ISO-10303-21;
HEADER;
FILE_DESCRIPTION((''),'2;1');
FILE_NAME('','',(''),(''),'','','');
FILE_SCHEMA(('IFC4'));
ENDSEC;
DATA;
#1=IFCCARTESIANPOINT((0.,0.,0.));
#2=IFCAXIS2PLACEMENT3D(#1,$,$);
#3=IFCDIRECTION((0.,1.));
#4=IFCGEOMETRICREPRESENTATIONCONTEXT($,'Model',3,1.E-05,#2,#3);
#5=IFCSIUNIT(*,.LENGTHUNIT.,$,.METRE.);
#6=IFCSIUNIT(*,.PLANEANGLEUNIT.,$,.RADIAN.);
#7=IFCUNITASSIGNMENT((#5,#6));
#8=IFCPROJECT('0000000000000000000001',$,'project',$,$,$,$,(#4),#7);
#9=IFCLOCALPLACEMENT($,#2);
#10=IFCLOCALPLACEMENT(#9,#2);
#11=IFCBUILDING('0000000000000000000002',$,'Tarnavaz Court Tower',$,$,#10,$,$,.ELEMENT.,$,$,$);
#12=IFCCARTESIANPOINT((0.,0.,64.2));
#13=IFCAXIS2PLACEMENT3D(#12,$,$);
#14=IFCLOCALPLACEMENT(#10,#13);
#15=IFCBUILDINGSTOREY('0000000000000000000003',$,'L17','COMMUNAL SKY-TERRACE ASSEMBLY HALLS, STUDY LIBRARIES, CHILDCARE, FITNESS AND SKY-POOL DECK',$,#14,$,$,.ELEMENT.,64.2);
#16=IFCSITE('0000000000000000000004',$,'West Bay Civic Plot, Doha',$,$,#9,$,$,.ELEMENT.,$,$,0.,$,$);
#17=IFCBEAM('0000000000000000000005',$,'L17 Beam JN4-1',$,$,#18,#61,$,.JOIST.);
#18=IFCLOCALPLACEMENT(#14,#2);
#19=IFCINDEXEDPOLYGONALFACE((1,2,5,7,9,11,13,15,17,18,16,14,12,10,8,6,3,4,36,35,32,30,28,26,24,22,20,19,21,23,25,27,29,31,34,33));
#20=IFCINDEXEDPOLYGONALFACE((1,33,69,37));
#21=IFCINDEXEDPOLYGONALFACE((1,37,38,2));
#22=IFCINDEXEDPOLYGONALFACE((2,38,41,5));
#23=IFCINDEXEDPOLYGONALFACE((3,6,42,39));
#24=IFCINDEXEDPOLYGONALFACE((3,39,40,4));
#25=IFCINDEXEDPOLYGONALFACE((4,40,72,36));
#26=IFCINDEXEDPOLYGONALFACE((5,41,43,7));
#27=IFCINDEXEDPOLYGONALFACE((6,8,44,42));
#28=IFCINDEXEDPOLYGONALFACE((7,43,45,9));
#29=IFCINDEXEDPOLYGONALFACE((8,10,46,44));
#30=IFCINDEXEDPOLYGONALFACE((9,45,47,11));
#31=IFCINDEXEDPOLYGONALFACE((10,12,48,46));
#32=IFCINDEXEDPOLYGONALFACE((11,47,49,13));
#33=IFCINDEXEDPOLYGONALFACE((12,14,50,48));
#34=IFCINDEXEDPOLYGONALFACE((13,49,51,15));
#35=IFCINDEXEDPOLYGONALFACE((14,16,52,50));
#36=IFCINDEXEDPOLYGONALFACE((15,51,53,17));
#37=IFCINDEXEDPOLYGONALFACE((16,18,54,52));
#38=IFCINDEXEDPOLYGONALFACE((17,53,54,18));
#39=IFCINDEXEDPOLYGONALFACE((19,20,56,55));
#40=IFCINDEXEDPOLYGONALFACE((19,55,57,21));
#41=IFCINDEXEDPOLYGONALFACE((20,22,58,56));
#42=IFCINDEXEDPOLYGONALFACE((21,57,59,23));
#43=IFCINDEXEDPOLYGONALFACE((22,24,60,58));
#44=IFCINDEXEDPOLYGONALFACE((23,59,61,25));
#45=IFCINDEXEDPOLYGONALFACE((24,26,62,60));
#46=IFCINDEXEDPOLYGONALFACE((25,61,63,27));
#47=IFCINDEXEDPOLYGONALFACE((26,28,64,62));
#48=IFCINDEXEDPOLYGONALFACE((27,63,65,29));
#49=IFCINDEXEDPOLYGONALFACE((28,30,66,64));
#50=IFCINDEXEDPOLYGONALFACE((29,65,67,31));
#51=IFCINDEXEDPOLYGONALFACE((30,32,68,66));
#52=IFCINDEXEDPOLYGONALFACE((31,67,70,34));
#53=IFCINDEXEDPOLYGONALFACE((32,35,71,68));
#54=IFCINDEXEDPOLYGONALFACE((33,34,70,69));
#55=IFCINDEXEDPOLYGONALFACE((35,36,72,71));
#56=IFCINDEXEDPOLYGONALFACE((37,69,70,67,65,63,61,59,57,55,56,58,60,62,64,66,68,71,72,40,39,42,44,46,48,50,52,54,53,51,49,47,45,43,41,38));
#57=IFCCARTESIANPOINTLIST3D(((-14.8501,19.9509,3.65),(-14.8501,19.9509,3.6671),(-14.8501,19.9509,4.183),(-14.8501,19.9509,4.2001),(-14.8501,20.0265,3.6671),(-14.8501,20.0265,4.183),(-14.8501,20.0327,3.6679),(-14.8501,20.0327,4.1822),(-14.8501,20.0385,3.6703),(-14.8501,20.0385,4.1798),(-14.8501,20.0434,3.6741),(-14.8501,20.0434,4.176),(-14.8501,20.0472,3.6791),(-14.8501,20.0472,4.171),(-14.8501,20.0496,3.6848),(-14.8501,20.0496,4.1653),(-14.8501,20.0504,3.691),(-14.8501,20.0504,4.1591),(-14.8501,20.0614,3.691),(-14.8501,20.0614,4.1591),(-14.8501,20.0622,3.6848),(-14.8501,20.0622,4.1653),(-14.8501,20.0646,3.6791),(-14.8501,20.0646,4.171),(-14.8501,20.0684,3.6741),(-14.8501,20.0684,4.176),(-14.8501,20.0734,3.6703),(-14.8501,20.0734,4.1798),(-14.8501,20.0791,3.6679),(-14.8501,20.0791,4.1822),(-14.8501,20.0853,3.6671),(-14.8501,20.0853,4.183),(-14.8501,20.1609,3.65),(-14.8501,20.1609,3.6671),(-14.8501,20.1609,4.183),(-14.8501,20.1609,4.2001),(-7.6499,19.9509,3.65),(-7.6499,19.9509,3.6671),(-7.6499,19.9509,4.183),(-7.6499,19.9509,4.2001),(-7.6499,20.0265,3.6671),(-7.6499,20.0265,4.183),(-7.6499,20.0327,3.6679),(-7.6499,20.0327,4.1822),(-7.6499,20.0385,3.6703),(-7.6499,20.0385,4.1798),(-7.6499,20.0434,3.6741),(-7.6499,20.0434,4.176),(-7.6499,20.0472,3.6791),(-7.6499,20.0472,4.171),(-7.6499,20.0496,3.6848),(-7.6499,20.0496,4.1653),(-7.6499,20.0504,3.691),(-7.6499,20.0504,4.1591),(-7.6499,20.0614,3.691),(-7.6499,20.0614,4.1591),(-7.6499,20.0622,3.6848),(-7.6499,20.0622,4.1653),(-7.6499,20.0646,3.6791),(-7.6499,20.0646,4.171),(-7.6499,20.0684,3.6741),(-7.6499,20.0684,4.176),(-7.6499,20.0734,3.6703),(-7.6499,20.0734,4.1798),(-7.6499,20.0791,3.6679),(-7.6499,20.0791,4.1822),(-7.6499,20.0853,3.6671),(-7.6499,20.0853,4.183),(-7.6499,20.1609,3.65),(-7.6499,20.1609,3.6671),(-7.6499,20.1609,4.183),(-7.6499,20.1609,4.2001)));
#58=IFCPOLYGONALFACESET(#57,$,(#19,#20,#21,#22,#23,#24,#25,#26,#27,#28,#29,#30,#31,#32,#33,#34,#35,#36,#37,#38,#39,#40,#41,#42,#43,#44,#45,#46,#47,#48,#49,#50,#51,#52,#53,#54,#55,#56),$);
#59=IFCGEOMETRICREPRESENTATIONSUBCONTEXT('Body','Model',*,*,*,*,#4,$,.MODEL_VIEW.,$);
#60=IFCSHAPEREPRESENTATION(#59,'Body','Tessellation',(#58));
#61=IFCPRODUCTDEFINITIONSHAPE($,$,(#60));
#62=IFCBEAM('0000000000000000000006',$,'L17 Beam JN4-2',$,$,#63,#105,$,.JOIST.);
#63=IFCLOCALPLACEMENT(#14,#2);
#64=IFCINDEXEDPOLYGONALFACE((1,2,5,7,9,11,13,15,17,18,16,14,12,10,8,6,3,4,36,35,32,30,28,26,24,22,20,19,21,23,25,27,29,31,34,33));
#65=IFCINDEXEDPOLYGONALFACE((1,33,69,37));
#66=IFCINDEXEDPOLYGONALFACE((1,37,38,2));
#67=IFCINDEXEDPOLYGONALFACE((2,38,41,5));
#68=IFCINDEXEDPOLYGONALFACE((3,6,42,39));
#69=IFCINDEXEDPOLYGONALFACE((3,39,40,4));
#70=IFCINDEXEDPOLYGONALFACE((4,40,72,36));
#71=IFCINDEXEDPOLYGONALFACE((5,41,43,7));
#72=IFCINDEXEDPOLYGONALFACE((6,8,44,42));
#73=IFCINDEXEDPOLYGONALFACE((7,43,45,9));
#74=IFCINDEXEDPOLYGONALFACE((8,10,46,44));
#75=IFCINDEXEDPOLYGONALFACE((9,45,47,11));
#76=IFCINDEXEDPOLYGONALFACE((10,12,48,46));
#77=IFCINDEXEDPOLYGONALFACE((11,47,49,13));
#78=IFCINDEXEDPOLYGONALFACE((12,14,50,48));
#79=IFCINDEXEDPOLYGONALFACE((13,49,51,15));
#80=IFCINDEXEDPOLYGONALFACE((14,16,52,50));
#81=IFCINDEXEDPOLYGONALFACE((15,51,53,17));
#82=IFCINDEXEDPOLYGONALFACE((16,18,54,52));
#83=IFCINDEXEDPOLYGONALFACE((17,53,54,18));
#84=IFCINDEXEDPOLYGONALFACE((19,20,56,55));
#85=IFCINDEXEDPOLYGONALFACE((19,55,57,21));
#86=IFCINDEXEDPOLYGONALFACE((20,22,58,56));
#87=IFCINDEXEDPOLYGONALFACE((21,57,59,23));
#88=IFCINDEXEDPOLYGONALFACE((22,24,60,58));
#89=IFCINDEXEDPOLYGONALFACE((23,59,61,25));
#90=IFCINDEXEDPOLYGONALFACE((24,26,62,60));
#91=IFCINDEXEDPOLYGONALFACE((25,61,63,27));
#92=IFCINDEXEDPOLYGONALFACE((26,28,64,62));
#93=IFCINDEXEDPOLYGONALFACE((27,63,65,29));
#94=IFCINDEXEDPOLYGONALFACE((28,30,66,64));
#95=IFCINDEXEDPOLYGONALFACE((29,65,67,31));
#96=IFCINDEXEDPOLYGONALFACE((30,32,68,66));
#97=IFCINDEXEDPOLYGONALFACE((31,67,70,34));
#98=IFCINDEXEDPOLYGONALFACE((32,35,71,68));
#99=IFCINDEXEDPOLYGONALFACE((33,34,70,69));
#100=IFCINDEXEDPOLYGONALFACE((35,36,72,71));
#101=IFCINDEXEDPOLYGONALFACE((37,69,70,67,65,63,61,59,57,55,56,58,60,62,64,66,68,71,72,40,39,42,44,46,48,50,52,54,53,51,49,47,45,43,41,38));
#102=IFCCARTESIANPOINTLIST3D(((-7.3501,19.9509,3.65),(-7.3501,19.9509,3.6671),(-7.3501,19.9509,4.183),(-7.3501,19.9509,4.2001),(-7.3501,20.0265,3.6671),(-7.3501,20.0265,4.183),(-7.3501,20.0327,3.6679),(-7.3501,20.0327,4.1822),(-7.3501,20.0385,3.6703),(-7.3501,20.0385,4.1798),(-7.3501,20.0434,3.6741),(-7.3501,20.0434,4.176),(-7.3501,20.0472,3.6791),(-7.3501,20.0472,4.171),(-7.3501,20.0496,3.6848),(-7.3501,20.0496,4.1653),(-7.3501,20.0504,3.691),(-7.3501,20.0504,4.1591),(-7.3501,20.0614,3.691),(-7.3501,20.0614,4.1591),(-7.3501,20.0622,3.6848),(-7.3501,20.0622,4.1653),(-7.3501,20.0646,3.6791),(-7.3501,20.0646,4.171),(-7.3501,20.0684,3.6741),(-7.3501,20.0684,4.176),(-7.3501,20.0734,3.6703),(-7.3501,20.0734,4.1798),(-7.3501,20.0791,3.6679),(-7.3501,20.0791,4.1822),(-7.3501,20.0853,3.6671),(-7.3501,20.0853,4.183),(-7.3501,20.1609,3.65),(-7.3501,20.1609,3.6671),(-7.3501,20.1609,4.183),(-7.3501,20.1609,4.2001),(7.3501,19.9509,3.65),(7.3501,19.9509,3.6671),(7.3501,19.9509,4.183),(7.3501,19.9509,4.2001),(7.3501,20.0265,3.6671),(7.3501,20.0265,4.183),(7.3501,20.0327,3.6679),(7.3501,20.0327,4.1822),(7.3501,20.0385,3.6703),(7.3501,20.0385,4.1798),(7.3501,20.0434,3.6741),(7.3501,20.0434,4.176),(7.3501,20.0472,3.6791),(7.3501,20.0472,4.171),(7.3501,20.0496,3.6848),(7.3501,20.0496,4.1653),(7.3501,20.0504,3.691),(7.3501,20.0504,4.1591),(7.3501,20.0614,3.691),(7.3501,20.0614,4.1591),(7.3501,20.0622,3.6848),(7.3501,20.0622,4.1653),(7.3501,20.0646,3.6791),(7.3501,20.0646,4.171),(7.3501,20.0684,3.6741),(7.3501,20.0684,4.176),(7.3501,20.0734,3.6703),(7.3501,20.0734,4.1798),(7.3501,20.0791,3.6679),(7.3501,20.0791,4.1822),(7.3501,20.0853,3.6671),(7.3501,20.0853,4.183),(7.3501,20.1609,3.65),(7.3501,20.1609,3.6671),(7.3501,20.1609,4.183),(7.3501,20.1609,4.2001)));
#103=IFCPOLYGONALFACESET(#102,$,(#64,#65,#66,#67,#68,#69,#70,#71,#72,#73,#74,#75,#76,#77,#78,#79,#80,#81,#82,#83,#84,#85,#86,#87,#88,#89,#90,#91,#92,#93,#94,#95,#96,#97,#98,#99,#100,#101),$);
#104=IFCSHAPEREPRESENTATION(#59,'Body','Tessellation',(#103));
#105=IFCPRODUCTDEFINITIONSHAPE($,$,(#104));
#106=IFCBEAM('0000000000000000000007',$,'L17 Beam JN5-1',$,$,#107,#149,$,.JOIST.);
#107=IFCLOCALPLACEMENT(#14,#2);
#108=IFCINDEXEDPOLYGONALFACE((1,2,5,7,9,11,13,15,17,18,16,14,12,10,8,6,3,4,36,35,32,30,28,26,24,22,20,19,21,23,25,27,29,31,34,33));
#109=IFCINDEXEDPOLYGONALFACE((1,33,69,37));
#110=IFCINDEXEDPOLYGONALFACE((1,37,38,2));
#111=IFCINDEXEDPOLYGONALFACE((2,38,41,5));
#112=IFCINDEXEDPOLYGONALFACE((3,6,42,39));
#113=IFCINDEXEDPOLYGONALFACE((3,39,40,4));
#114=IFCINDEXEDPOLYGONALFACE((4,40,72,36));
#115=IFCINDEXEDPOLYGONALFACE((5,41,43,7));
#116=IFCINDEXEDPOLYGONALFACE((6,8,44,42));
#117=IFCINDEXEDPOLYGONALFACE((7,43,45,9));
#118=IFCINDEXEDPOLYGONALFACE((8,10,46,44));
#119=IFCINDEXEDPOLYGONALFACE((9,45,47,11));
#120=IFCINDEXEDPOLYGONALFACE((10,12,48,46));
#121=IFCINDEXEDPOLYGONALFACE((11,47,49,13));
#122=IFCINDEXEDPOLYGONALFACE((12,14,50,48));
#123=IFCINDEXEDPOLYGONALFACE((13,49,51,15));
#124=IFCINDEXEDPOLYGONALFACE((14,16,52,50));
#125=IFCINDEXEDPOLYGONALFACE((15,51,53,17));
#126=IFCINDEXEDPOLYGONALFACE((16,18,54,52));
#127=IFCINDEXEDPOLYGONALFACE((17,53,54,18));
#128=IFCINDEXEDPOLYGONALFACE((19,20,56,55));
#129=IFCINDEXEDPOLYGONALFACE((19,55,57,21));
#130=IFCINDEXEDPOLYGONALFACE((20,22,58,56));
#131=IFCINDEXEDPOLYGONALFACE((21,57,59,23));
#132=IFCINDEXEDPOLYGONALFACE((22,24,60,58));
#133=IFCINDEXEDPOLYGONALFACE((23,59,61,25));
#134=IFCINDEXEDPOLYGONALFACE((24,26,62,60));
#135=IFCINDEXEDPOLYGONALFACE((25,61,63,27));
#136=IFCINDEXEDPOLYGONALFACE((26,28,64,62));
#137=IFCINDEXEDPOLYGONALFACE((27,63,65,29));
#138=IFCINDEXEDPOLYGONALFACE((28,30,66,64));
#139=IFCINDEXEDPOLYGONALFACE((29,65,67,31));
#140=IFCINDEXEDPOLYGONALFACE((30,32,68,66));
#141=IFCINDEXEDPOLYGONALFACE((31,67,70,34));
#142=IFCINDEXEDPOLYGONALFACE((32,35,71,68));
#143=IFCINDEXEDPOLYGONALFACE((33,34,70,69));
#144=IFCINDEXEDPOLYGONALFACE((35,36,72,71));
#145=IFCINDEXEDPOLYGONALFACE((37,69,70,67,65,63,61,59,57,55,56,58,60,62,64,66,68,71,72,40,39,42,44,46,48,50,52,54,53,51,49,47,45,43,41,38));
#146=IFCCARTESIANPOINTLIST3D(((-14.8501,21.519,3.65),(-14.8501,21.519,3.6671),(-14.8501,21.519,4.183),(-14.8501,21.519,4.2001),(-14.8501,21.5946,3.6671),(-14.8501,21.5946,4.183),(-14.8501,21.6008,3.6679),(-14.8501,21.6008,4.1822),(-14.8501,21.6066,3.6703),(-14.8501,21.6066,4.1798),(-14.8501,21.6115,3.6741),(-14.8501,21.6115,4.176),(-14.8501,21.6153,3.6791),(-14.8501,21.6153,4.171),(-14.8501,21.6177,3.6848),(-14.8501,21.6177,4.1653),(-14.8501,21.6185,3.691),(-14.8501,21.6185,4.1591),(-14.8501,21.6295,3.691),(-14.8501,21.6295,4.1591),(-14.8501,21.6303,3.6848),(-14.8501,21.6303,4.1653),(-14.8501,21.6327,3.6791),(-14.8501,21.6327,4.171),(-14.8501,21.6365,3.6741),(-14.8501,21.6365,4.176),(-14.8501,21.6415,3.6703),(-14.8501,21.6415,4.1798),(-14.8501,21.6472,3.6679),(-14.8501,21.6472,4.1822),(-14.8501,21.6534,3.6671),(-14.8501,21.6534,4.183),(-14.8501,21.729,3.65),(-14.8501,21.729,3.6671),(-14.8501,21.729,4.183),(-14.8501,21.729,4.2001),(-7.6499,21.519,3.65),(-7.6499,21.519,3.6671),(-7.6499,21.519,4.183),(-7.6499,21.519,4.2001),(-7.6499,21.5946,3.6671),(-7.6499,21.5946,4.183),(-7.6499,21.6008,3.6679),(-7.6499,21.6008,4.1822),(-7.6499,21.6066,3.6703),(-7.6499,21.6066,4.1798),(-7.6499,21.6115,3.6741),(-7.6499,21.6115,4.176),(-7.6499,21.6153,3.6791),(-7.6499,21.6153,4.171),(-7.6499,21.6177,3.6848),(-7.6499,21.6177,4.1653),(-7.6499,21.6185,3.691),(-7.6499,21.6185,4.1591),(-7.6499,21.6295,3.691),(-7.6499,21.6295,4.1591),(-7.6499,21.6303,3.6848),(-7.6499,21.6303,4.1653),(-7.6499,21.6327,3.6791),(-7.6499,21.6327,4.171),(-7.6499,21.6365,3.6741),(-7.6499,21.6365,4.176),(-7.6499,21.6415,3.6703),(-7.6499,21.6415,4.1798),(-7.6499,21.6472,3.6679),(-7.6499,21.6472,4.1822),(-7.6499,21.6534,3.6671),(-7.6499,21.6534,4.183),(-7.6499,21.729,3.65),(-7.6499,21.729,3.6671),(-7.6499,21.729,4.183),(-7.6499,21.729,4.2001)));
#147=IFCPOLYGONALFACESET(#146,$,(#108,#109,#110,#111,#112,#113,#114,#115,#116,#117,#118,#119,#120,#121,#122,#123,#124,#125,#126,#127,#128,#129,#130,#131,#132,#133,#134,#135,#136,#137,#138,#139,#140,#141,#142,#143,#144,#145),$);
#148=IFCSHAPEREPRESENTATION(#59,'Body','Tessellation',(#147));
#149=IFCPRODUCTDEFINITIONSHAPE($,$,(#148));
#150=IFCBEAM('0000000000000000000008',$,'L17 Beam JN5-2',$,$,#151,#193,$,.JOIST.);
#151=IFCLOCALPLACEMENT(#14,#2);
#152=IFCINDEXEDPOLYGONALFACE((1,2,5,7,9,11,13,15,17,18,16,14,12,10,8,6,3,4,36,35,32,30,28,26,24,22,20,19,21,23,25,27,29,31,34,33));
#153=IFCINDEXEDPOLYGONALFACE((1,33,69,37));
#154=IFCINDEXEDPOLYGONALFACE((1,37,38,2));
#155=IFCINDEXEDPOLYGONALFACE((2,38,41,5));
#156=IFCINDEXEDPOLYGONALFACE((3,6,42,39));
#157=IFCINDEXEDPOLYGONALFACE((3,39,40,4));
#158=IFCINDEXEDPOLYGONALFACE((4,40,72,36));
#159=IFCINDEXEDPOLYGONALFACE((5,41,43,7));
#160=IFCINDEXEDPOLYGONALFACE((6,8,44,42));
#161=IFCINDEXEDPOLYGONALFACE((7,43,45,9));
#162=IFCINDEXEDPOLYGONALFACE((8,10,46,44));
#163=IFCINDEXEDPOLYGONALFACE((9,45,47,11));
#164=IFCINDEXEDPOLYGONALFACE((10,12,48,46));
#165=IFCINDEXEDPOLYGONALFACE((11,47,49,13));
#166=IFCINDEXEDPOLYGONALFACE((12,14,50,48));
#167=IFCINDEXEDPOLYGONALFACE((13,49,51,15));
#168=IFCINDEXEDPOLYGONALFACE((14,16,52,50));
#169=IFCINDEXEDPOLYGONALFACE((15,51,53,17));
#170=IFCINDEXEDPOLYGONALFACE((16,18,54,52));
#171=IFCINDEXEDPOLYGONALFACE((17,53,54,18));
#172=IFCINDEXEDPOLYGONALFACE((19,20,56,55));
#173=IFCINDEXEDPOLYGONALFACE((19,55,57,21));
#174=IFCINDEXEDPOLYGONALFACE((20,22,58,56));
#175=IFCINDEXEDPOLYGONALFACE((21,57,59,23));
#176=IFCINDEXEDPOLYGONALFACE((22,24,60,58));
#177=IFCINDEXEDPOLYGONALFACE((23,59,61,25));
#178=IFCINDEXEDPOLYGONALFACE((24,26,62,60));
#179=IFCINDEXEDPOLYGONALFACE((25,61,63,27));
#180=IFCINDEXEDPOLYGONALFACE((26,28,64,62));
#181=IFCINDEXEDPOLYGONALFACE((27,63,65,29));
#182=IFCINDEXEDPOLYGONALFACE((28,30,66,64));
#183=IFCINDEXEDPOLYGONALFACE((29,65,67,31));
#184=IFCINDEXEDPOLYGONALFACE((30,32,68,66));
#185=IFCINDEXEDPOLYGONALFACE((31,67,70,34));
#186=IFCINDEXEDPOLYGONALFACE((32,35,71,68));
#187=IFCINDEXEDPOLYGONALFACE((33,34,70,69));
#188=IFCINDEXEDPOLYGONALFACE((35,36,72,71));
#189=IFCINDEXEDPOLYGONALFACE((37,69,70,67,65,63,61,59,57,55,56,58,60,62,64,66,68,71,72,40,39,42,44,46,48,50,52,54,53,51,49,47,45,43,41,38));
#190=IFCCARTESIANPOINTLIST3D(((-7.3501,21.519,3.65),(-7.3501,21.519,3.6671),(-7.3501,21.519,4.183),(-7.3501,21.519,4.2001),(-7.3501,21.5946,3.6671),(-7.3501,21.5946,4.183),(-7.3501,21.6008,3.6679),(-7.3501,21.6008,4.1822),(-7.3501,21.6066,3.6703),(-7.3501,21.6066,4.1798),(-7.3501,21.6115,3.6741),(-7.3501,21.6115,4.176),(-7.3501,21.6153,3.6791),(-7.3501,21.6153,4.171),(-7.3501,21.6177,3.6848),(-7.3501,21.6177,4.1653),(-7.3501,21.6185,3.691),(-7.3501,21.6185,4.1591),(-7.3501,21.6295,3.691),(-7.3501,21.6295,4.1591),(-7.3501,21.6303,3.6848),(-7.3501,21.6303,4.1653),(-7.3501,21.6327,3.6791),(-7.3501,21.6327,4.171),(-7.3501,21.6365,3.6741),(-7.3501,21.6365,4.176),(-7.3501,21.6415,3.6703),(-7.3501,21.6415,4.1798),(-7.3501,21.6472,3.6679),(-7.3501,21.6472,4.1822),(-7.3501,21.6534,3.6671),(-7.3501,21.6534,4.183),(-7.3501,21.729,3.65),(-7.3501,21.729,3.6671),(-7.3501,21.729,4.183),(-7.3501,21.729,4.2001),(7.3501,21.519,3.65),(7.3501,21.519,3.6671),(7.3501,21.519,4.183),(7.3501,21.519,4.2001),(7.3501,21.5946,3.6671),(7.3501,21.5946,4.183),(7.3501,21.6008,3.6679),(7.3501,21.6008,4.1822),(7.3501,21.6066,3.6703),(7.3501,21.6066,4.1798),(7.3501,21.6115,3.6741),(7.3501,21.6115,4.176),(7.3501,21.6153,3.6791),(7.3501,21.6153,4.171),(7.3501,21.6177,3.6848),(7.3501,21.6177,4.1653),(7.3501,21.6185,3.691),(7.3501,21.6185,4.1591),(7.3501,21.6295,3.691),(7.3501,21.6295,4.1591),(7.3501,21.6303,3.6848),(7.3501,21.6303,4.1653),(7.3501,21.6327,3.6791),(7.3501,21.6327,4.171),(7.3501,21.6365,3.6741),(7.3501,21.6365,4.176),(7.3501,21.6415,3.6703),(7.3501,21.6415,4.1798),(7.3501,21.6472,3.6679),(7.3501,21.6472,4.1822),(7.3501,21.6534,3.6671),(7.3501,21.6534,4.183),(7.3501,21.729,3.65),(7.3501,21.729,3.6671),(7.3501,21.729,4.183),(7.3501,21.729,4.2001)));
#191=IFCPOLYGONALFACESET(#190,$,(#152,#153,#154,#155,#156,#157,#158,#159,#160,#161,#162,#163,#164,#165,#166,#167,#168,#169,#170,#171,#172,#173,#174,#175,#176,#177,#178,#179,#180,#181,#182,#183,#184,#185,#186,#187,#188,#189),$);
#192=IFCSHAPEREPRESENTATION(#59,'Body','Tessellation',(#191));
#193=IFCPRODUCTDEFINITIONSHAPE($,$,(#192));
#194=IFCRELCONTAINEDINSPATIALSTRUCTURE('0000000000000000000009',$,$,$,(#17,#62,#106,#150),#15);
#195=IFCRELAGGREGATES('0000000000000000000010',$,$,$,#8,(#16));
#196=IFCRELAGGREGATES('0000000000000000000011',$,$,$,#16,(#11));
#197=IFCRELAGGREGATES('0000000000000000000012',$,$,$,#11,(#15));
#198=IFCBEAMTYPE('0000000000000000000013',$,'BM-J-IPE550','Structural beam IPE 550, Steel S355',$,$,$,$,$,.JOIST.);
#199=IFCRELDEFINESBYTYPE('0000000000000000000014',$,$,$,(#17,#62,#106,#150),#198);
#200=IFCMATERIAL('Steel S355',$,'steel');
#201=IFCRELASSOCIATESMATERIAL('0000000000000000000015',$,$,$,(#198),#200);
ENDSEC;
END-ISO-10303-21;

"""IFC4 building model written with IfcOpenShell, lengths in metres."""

from ifc_helpers import new_model, si_unit, direction, frame, origin, origin_2d, place, context, subcontext, project, spatial, i_section, extrude, material, material_profile, profile_set, type_object, element, save


model = new_model("IFC4")

# Units and contexts
model_context = context("Model", 3, precision=1e-05, world=origin(), true_north=direction((0.0, 1.0)))
body_context = subcontext(model_context, "Body", "Model", "MODEL_VIEW")
ifc_project = project(units=[si_unit("LENGTHUNIT", "METRE"), si_unit("PLANEANGLEUNIT", "RADIAN")], contexts=[model_context])

# Site, building, storey
site_placement = place(None, origin())
site = spatial("IfcSite", under=ifc_project, at=site_placement, Name="West Bay Civic Plot, Doha", CompositionType="ELEMENT", RefElevation=0.0)
building_placement = place(site_placement, origin())
building = spatial("IfcBuilding", under=site, at=building_placement, Name="Tarnavaz Court Tower", CompositionType="ELEMENT")
storey_placement = place(building_placement, frame((0.0, 0.0, 64.2)))
storey = spatial("IfcBuildingStorey", under=building, at=storey_placement, Name="L17", Description="COMMUNAL SKY-TERRACE ASSEMBLY HALLS, STUDY LIBRARIES, CHILDCARE, FITNESS AND SKY-POOL DECK", CompositionType="ELEMENT", Elevation=64.2)

# Beams
ifc_material_1 = material(Name="Steel S355", Category="steel")
ifc_material_profile_1 = material_profile(ifc_material_1, i_section(OverallWidth=0.21, OverallDepth=0.55, WebThickness=0.011, FlangeThickness=0.0171, FilletRadius=0.0239, at=origin_2d()), Name="IPE 550")
ifc_profile_set_1 = profile_set([ifc_material_profile_1], Name="Steel S355")
beam_type_1 = type_object("IfcBeamType", Name="BM-J-IPE550", Description="Structural beam IPE 550, Steel S355", PredefinedType="JOIST", material=ifc_profile_set_1)
beam_1_placement = place(storey_placement, frame((-14.8501, 20.0559, 3.925), z_axis=(1.0, 0.0, 0.0), x_axis=(0.0, 1.0, 0.0)))
element("IfcBeam", 1, at=beam_1_placement, inside=storey, type_object=beam_type_1, Name="L17 Beam JN4-1", PredefinedType="JOIST", context=body_context, shape_type="SweptSolid", body=[
    extrude(i_section(OverallWidth=0.21, OverallDepth=0.55, WebThickness=0.011, FlangeThickness=0.0171, FilletRadius=0.0239, at=origin_2d()), origin(), (0.0, 0.0, 1.0), 7.2002),
])
beam_2_placement = place(storey_placement, frame((-7.3501, 20.0559, 3.925), z_axis=(1.0, 0.0, 0.0), x_axis=(0.0, 1.0, 0.0)))
element("IfcBeam", 2, at=beam_2_placement, inside=storey, type_object=beam_type_1, Name="L17 Beam JN4-2", PredefinedType="JOIST", context=body_context, shape_type="SweptSolid", body=[
    extrude(i_section(OverallWidth=0.21, OverallDepth=0.55, WebThickness=0.011, FlangeThickness=0.0171, FilletRadius=0.0239, at=origin_2d()), origin(), (0.0, 0.0, 1.0), 14.7002),
])
beam_3_placement = place(storey_placement, frame((-14.8501, 21.624, 3.925), z_axis=(1.0, 0.0, 0.0), x_axis=(0.0, 1.0, 0.0)))
element("IfcBeam", 3, at=beam_3_placement, inside=storey, type_object=beam_type_1, Name="L17 Beam JN5-1", PredefinedType="JOIST", context=body_context, shape_type="SweptSolid", body=[
    extrude(i_section(OverallWidth=0.21, OverallDepth=0.55, WebThickness=0.011, FlangeThickness=0.0171, FilletRadius=0.0239, at=origin_2d()), origin(), (0.0, 0.0, 1.0), 7.2002),
])
beam_4_placement = place(storey_placement, frame((-7.3501, 21.624, 3.925), z_axis=(1.0, 0.0, 0.0), x_axis=(0.0, 1.0, 0.0)))
element("IfcBeam", 4, at=beam_4_placement, inside=storey, type_object=beam_type_1, Name="L17 Beam JN5-2", PredefinedType="JOIST", context=body_context, shape_type="SweptSolid", body=[
    extrude(i_section(OverallWidth=0.21, OverallDepth=0.55, WebThickness=0.011, FlangeThickness=0.0171, FilletRadius=0.0239, at=origin_2d()), origin(), (0.0, 0.0, 1.0), 14.7002),
])

save(model, "model.ifc")
